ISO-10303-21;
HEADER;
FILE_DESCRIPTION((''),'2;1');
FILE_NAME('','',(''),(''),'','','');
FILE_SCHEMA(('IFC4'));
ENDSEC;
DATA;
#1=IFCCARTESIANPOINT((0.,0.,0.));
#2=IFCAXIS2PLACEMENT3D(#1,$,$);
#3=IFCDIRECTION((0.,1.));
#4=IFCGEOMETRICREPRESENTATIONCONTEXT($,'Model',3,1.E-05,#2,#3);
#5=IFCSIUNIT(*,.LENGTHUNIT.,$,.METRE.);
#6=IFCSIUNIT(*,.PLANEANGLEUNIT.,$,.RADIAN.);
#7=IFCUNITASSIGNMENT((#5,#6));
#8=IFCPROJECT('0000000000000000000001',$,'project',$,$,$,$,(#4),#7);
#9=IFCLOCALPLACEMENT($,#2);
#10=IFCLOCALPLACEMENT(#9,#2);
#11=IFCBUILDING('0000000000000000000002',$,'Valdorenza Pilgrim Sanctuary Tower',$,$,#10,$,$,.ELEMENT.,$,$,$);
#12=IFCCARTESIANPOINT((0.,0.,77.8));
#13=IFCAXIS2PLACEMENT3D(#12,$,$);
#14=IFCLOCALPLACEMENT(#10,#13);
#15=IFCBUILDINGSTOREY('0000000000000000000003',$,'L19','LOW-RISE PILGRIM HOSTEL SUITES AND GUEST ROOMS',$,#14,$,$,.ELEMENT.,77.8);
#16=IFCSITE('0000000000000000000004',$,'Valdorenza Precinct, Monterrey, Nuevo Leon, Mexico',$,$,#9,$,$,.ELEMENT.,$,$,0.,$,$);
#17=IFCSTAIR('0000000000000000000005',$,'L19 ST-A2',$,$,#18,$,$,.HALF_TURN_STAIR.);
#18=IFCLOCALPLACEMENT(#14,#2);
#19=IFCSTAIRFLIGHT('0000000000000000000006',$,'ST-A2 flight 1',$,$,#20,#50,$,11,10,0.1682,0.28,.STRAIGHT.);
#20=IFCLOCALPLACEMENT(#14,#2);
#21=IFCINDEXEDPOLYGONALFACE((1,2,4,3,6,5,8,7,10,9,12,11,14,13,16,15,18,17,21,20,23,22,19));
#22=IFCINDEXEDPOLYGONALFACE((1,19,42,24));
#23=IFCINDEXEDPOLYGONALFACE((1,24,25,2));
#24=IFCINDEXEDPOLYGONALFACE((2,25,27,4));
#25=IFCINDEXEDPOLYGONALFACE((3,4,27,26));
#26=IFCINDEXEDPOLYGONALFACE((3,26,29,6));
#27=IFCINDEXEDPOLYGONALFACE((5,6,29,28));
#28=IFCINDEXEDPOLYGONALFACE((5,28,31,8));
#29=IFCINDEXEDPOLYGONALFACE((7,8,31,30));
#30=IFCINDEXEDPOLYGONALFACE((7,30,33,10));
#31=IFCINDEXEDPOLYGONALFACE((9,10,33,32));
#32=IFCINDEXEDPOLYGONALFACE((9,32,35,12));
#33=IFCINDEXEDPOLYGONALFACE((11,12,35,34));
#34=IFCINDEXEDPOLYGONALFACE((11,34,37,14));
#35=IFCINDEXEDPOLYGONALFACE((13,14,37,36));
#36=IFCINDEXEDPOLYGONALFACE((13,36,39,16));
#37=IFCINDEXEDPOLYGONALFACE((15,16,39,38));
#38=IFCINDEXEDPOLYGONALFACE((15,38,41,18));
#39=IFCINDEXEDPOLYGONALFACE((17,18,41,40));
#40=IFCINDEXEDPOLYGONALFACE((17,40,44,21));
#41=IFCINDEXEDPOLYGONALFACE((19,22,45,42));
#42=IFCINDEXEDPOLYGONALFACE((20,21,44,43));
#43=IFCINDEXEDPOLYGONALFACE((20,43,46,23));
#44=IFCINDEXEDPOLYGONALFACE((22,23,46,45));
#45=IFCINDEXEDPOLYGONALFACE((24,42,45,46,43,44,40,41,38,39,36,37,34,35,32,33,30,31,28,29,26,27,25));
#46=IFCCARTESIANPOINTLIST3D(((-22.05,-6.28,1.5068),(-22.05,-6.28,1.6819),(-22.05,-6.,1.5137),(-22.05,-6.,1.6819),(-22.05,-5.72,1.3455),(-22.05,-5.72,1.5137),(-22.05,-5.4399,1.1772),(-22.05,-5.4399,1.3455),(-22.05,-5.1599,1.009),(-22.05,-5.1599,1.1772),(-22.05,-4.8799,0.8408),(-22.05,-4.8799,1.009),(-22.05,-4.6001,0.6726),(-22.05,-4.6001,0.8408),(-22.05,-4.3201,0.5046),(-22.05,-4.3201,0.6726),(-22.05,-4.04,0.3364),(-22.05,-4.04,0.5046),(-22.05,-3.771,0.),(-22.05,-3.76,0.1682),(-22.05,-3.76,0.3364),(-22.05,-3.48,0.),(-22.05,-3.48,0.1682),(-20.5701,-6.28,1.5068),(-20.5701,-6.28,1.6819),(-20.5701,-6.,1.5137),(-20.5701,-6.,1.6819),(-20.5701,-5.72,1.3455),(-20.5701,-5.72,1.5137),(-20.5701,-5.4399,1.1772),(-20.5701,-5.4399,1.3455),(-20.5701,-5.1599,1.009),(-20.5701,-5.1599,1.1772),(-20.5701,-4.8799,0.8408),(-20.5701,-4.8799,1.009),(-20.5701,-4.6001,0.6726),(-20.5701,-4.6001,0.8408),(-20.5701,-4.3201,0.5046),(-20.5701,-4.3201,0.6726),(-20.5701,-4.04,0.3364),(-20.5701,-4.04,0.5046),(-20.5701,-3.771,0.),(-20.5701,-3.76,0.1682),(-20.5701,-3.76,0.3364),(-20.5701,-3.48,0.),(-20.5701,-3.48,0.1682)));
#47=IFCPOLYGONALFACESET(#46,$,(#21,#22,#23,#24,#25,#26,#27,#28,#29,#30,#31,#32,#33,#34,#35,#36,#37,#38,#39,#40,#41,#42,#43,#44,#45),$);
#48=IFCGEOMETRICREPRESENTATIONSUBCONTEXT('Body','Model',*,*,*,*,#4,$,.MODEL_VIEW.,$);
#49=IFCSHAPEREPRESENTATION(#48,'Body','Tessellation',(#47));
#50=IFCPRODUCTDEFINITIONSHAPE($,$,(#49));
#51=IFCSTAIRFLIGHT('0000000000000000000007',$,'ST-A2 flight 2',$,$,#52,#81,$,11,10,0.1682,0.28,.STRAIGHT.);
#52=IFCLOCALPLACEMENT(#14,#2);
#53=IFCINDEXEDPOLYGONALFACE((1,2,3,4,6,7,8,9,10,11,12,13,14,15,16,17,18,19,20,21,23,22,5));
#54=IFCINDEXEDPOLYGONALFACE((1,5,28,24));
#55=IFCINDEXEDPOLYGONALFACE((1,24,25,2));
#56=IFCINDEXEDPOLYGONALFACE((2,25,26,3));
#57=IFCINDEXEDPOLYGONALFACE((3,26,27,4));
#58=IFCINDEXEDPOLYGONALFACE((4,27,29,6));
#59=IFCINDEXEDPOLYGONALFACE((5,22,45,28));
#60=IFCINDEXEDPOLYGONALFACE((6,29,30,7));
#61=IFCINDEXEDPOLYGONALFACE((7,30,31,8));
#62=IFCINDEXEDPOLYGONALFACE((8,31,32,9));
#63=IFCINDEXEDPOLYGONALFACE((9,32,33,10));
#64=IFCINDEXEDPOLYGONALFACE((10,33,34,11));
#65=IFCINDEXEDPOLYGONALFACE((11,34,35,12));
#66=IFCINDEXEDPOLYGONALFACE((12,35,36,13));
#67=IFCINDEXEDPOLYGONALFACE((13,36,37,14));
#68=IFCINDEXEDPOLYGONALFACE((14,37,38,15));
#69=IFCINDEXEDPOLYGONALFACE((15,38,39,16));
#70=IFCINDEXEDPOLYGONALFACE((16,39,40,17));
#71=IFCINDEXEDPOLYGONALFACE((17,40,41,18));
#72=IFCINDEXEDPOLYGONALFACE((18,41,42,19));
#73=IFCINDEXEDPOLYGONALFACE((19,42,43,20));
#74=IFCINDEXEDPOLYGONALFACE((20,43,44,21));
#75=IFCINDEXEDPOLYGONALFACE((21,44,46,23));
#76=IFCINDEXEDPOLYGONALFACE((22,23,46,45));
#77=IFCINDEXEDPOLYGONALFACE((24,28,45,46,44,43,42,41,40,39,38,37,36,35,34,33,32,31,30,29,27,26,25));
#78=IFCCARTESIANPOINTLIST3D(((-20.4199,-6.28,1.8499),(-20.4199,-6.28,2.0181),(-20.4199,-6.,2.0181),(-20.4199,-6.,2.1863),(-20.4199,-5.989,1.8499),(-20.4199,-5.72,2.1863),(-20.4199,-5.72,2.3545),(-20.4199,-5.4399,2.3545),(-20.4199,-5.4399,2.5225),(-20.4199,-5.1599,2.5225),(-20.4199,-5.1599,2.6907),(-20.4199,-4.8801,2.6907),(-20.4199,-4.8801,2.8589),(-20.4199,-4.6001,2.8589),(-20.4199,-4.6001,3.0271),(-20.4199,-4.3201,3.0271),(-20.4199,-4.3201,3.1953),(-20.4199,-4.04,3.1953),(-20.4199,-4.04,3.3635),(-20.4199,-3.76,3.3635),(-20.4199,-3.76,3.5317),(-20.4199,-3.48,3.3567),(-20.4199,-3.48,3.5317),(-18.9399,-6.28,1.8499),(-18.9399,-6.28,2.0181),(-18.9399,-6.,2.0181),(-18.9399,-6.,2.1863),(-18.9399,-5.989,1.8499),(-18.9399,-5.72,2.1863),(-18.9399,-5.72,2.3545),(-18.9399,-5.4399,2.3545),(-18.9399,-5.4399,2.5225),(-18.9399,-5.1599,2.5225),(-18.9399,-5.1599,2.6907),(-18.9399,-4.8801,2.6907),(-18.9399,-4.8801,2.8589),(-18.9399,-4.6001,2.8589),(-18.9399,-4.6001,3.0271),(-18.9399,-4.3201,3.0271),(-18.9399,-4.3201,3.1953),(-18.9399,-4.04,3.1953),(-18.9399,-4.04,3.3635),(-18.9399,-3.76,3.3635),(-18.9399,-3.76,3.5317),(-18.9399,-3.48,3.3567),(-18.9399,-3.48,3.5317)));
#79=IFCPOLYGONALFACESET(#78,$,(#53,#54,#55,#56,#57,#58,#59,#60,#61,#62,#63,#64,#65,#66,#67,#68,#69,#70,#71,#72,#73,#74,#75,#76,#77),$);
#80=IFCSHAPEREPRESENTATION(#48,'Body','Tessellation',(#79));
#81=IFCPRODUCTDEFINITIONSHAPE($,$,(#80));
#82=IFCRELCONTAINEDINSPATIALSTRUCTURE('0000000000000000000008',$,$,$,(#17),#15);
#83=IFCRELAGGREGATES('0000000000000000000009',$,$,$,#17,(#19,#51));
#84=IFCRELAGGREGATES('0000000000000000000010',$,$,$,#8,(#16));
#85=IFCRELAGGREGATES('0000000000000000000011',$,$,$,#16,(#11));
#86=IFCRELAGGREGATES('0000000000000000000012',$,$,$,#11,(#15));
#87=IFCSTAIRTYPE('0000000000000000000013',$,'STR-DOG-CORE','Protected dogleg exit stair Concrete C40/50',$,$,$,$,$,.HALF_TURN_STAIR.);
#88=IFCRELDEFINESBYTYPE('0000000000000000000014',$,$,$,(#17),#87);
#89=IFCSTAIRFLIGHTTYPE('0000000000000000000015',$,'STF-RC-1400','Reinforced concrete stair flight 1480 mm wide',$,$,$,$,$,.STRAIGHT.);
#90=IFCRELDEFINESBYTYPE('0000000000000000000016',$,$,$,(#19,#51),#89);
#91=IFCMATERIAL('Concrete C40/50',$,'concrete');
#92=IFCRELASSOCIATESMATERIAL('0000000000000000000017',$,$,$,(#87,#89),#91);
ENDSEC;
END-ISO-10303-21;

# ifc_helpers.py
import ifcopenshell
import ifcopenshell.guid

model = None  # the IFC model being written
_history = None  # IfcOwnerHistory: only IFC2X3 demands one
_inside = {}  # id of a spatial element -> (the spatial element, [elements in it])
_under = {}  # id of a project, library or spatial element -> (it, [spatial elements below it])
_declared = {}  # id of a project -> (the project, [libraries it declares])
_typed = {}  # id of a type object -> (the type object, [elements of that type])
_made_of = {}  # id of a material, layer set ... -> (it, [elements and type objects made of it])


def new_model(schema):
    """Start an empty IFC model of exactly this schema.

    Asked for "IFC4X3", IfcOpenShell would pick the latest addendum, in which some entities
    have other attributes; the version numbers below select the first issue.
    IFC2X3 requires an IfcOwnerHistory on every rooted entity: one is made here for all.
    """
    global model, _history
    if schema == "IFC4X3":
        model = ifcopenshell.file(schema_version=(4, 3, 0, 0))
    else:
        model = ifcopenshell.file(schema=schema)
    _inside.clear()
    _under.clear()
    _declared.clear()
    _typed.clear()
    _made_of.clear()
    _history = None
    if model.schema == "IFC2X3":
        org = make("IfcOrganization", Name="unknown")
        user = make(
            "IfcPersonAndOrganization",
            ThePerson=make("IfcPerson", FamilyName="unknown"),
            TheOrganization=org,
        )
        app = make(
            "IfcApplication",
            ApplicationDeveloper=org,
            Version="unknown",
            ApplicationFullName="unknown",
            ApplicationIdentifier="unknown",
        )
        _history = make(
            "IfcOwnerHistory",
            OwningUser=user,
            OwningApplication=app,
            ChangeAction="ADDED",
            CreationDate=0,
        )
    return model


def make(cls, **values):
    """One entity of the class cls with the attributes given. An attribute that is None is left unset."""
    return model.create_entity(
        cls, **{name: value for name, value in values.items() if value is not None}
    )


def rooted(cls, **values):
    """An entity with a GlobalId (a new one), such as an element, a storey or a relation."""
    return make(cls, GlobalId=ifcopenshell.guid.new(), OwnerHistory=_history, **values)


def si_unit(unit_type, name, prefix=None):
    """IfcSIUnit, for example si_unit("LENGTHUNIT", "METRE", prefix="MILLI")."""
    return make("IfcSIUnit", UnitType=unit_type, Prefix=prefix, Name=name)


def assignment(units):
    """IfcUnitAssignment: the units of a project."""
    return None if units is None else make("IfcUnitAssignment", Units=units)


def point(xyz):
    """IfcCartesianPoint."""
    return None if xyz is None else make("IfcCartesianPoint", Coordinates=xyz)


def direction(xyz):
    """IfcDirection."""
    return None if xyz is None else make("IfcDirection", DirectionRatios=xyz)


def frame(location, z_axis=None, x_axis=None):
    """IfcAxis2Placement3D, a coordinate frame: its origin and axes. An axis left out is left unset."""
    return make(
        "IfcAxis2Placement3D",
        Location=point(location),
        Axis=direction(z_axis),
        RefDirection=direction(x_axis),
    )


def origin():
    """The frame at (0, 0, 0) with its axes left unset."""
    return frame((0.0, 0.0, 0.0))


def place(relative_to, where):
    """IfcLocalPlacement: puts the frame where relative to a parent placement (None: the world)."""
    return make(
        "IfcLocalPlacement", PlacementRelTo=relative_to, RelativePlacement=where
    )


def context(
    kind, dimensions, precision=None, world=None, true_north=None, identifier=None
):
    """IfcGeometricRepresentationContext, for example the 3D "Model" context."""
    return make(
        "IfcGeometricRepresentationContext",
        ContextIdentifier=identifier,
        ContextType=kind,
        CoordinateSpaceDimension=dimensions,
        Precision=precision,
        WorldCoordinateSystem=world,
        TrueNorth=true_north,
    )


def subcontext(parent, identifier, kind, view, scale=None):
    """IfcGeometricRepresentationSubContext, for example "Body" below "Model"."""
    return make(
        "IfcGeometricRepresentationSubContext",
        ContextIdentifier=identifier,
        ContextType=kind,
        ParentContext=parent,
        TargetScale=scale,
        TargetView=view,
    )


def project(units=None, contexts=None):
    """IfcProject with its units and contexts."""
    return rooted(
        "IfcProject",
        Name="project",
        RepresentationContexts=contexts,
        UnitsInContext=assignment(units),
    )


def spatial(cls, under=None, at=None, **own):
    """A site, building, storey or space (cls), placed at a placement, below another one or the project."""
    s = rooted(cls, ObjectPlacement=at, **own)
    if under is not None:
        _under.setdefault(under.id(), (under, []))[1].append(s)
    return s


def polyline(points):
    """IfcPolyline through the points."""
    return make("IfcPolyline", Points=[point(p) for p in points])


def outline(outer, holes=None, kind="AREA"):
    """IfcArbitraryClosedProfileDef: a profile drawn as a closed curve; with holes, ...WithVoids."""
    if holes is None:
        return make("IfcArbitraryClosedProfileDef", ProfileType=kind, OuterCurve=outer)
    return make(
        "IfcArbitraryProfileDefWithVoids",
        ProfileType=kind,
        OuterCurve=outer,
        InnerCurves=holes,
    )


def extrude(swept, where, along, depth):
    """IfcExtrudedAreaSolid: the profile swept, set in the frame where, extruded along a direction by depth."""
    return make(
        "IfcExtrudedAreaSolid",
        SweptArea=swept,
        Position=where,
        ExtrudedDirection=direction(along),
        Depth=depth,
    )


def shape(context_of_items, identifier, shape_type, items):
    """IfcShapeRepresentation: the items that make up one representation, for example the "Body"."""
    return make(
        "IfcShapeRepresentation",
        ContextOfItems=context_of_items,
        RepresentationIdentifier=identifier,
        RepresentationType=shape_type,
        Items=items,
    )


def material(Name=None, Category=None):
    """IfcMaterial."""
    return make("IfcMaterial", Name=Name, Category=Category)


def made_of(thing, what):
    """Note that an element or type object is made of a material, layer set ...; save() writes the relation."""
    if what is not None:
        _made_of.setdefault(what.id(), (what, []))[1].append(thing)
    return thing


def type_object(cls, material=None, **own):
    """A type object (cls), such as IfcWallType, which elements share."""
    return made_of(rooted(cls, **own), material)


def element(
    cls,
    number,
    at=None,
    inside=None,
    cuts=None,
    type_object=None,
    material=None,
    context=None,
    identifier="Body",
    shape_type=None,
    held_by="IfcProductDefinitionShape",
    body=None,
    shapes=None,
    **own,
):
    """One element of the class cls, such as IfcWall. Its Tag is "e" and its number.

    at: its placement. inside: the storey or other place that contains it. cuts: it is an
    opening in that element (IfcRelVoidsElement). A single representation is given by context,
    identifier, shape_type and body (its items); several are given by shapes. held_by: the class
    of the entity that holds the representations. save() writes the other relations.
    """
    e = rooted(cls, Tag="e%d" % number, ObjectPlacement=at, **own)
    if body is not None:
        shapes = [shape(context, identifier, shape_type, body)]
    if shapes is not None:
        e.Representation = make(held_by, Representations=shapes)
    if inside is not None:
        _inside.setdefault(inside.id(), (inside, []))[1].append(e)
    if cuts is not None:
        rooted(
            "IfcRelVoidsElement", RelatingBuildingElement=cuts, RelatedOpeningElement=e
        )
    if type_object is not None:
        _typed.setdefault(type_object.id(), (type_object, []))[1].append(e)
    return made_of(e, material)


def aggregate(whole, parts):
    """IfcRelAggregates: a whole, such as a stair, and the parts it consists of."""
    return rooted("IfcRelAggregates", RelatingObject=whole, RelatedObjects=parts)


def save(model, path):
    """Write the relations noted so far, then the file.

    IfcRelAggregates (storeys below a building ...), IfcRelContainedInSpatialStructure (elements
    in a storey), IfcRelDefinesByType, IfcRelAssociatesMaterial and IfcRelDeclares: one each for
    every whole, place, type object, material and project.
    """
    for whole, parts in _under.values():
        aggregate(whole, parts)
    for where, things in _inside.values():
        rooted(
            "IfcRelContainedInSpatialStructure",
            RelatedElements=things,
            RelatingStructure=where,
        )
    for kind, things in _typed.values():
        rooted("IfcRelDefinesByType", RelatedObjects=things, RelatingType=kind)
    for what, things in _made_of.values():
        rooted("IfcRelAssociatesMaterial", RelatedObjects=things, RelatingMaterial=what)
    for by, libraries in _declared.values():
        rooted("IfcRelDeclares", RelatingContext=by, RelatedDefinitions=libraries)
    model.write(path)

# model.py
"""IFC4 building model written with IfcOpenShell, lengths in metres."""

from ifc_helpers import new_model, si_unit, direction, frame, origin, place, context, subcontext, project, spatial, polyline, outline, extrude, material, type_object, element, aggregate, save


model = new_model("IFC4")

# Units and contexts
model_context = context("Model", 3, precision=1e-05, world=origin(), true_north=direction((0.0, 1.0)))
body_context = subcontext(model_context, "Body", "Model", "MODEL_VIEW")
ifc_project = project(units=[si_unit("LENGTHUNIT", "METRE"), si_unit("PLANEANGLEUNIT", "RADIAN")], contexts=[model_context])

# Site, building, storey
site_placement = place(None, origin())
site = spatial("IfcSite", under=ifc_project, at=site_placement, Name="Valdorenza Precinct, Monterrey, Nuevo Leon, Mexico", CompositionType="ELEMENT", RefElevation=0.0)
building_placement = place(site_placement, origin())
building = spatial("IfcBuilding", under=site, at=building_placement, Name="Valdorenza Pilgrim Sanctuary Tower", CompositionType="ELEMENT")
storey_placement = place(building_placement, frame((0.0, 0.0, 77.8)))
storey = spatial("IfcBuildingStorey", under=building, at=storey_placement, Name="L19", Description="LOW-RISE PILGRIM HOSTEL SUITES AND GUEST ROOMS", CompositionType="ELEMENT", Elevation=77.8)

# Shared definitions
ifc_material_1 = material(Name="Concrete C40/50", Category="concrete")

# Stair, stair flights
stair_type = type_object("IfcStairType", Name="STR-DOG-CORE", Description="Protected dogleg exit stair Concrete C40/50", PredefinedType="HALF_TURN_STAIR", material=ifc_material_1)
stair_placement = place(storey_placement, origin())
stair = element("IfcStair", 1, at=stair_placement, inside=storey, type_object=stair_type, Name="L19 ST-A2", PredefinedType="HALF_TURN_STAIR")
stair_flight_type = type_object("IfcStairFlightType", Name="STF-RC-1400", Description="Reinforced concrete stair flight 1480 mm wide", PredefinedType="STRAIGHT", material=ifc_material_1)
stair_flight_1_placement = place(storey_placement, frame((-21.3101, -3.48, 0.0), z_axis=(0.0, 0.0, 1.0), x_axis=(0.0, -1.0, 0.0)))
stair_flight_1 = element("IfcStairFlight", 2, at=stair_flight_1_placement, type_object=stair_flight_type, Name="ST-A2 flight 1", NumberOfRisers=11, NumberOfTreads=10, PredefinedType="STRAIGHT", RiserHeight=0.1682, TreadLength=0.28, context=body_context, shape_type="SweptSolid", body=[
    extrude(outline(polyline([(0.0, 0.0), (0.0, 0.1682), (0.28, 0.1682), (0.28, 0.3364), (0.5601, 0.3364), (0.5601, 0.5046), (0.8401, 0.5046), (0.8401, 0.6726), (1.1201, 0.6726), (1.1201, 0.8408), (1.3999, 0.8408), (1.3999, 1.009), (1.6799, 1.009), (1.6799, 1.1772), (1.96, 1.1772), (1.96, 1.3455), (2.24, 1.3455), (2.24, 1.5137), (2.52, 1.5137), (2.52, 1.6819), (2.8, 1.6819), (2.8, 1.8501), (2.8, 1.5068), (0.291, 0.0), (0.0, 0.0)])), frame((0.0, 0.74, 0.0), z_axis=(0.0, -1.0, 0.0), x_axis=(1.0, 0.0, 0.0)), (0.0, 0.0, 1.0), 1.48),
])
stair_flight_2_placement = place(storey_placement, frame((-19.6799, -6.28, 1.8499), z_axis=(0.0, 0.0, 1.0), x_axis=(0.0, 1.0, 0.0)))
stair_flight_2 = element("IfcStairFlight", 3, at=stair_flight_2_placement, type_object=stair_flight_type, Name="ST-A2 flight 2", NumberOfRisers=11, NumberOfTreads=10, PredefinedType="STRAIGHT", RiserHeight=0.1682, TreadLength=0.28, context=body_context, shape_type="SweptSolid", body=[
    extrude(outline(polyline([(0.0, 0.0), (0.0, 0.1682), (0.28, 0.1682), (0.28, 0.3364), (0.5601, 0.3364), (0.5601, 0.5046), (0.8401, 0.5046), (0.8401, 0.6726), (1.1201, 0.6726), (1.1201, 0.8408), (1.3999, 0.8408), (1.3999, 1.009), (1.6799, 1.009), (1.6799, 1.1772), (1.96, 1.1772), (1.96, 1.3455), (2.24, 1.3455), (2.24, 1.5137), (2.52, 1.5137), (2.52, 1.6819), (2.8, 1.6819), (2.8, 1.8501), (2.8, 1.5068), (0.291, 0.0), (0.0, 0.0)])), frame((0.0, 0.74, 0.0), z_axis=(0.0, -1.0, 0.0), x_axis=(1.0, 0.0, 0.0)), (0.0, 0.0, 1.0), 1.48),
])
aggregate(stair, [stair_flight_1, stair_flight_2])

save(model, "model.ifc")
